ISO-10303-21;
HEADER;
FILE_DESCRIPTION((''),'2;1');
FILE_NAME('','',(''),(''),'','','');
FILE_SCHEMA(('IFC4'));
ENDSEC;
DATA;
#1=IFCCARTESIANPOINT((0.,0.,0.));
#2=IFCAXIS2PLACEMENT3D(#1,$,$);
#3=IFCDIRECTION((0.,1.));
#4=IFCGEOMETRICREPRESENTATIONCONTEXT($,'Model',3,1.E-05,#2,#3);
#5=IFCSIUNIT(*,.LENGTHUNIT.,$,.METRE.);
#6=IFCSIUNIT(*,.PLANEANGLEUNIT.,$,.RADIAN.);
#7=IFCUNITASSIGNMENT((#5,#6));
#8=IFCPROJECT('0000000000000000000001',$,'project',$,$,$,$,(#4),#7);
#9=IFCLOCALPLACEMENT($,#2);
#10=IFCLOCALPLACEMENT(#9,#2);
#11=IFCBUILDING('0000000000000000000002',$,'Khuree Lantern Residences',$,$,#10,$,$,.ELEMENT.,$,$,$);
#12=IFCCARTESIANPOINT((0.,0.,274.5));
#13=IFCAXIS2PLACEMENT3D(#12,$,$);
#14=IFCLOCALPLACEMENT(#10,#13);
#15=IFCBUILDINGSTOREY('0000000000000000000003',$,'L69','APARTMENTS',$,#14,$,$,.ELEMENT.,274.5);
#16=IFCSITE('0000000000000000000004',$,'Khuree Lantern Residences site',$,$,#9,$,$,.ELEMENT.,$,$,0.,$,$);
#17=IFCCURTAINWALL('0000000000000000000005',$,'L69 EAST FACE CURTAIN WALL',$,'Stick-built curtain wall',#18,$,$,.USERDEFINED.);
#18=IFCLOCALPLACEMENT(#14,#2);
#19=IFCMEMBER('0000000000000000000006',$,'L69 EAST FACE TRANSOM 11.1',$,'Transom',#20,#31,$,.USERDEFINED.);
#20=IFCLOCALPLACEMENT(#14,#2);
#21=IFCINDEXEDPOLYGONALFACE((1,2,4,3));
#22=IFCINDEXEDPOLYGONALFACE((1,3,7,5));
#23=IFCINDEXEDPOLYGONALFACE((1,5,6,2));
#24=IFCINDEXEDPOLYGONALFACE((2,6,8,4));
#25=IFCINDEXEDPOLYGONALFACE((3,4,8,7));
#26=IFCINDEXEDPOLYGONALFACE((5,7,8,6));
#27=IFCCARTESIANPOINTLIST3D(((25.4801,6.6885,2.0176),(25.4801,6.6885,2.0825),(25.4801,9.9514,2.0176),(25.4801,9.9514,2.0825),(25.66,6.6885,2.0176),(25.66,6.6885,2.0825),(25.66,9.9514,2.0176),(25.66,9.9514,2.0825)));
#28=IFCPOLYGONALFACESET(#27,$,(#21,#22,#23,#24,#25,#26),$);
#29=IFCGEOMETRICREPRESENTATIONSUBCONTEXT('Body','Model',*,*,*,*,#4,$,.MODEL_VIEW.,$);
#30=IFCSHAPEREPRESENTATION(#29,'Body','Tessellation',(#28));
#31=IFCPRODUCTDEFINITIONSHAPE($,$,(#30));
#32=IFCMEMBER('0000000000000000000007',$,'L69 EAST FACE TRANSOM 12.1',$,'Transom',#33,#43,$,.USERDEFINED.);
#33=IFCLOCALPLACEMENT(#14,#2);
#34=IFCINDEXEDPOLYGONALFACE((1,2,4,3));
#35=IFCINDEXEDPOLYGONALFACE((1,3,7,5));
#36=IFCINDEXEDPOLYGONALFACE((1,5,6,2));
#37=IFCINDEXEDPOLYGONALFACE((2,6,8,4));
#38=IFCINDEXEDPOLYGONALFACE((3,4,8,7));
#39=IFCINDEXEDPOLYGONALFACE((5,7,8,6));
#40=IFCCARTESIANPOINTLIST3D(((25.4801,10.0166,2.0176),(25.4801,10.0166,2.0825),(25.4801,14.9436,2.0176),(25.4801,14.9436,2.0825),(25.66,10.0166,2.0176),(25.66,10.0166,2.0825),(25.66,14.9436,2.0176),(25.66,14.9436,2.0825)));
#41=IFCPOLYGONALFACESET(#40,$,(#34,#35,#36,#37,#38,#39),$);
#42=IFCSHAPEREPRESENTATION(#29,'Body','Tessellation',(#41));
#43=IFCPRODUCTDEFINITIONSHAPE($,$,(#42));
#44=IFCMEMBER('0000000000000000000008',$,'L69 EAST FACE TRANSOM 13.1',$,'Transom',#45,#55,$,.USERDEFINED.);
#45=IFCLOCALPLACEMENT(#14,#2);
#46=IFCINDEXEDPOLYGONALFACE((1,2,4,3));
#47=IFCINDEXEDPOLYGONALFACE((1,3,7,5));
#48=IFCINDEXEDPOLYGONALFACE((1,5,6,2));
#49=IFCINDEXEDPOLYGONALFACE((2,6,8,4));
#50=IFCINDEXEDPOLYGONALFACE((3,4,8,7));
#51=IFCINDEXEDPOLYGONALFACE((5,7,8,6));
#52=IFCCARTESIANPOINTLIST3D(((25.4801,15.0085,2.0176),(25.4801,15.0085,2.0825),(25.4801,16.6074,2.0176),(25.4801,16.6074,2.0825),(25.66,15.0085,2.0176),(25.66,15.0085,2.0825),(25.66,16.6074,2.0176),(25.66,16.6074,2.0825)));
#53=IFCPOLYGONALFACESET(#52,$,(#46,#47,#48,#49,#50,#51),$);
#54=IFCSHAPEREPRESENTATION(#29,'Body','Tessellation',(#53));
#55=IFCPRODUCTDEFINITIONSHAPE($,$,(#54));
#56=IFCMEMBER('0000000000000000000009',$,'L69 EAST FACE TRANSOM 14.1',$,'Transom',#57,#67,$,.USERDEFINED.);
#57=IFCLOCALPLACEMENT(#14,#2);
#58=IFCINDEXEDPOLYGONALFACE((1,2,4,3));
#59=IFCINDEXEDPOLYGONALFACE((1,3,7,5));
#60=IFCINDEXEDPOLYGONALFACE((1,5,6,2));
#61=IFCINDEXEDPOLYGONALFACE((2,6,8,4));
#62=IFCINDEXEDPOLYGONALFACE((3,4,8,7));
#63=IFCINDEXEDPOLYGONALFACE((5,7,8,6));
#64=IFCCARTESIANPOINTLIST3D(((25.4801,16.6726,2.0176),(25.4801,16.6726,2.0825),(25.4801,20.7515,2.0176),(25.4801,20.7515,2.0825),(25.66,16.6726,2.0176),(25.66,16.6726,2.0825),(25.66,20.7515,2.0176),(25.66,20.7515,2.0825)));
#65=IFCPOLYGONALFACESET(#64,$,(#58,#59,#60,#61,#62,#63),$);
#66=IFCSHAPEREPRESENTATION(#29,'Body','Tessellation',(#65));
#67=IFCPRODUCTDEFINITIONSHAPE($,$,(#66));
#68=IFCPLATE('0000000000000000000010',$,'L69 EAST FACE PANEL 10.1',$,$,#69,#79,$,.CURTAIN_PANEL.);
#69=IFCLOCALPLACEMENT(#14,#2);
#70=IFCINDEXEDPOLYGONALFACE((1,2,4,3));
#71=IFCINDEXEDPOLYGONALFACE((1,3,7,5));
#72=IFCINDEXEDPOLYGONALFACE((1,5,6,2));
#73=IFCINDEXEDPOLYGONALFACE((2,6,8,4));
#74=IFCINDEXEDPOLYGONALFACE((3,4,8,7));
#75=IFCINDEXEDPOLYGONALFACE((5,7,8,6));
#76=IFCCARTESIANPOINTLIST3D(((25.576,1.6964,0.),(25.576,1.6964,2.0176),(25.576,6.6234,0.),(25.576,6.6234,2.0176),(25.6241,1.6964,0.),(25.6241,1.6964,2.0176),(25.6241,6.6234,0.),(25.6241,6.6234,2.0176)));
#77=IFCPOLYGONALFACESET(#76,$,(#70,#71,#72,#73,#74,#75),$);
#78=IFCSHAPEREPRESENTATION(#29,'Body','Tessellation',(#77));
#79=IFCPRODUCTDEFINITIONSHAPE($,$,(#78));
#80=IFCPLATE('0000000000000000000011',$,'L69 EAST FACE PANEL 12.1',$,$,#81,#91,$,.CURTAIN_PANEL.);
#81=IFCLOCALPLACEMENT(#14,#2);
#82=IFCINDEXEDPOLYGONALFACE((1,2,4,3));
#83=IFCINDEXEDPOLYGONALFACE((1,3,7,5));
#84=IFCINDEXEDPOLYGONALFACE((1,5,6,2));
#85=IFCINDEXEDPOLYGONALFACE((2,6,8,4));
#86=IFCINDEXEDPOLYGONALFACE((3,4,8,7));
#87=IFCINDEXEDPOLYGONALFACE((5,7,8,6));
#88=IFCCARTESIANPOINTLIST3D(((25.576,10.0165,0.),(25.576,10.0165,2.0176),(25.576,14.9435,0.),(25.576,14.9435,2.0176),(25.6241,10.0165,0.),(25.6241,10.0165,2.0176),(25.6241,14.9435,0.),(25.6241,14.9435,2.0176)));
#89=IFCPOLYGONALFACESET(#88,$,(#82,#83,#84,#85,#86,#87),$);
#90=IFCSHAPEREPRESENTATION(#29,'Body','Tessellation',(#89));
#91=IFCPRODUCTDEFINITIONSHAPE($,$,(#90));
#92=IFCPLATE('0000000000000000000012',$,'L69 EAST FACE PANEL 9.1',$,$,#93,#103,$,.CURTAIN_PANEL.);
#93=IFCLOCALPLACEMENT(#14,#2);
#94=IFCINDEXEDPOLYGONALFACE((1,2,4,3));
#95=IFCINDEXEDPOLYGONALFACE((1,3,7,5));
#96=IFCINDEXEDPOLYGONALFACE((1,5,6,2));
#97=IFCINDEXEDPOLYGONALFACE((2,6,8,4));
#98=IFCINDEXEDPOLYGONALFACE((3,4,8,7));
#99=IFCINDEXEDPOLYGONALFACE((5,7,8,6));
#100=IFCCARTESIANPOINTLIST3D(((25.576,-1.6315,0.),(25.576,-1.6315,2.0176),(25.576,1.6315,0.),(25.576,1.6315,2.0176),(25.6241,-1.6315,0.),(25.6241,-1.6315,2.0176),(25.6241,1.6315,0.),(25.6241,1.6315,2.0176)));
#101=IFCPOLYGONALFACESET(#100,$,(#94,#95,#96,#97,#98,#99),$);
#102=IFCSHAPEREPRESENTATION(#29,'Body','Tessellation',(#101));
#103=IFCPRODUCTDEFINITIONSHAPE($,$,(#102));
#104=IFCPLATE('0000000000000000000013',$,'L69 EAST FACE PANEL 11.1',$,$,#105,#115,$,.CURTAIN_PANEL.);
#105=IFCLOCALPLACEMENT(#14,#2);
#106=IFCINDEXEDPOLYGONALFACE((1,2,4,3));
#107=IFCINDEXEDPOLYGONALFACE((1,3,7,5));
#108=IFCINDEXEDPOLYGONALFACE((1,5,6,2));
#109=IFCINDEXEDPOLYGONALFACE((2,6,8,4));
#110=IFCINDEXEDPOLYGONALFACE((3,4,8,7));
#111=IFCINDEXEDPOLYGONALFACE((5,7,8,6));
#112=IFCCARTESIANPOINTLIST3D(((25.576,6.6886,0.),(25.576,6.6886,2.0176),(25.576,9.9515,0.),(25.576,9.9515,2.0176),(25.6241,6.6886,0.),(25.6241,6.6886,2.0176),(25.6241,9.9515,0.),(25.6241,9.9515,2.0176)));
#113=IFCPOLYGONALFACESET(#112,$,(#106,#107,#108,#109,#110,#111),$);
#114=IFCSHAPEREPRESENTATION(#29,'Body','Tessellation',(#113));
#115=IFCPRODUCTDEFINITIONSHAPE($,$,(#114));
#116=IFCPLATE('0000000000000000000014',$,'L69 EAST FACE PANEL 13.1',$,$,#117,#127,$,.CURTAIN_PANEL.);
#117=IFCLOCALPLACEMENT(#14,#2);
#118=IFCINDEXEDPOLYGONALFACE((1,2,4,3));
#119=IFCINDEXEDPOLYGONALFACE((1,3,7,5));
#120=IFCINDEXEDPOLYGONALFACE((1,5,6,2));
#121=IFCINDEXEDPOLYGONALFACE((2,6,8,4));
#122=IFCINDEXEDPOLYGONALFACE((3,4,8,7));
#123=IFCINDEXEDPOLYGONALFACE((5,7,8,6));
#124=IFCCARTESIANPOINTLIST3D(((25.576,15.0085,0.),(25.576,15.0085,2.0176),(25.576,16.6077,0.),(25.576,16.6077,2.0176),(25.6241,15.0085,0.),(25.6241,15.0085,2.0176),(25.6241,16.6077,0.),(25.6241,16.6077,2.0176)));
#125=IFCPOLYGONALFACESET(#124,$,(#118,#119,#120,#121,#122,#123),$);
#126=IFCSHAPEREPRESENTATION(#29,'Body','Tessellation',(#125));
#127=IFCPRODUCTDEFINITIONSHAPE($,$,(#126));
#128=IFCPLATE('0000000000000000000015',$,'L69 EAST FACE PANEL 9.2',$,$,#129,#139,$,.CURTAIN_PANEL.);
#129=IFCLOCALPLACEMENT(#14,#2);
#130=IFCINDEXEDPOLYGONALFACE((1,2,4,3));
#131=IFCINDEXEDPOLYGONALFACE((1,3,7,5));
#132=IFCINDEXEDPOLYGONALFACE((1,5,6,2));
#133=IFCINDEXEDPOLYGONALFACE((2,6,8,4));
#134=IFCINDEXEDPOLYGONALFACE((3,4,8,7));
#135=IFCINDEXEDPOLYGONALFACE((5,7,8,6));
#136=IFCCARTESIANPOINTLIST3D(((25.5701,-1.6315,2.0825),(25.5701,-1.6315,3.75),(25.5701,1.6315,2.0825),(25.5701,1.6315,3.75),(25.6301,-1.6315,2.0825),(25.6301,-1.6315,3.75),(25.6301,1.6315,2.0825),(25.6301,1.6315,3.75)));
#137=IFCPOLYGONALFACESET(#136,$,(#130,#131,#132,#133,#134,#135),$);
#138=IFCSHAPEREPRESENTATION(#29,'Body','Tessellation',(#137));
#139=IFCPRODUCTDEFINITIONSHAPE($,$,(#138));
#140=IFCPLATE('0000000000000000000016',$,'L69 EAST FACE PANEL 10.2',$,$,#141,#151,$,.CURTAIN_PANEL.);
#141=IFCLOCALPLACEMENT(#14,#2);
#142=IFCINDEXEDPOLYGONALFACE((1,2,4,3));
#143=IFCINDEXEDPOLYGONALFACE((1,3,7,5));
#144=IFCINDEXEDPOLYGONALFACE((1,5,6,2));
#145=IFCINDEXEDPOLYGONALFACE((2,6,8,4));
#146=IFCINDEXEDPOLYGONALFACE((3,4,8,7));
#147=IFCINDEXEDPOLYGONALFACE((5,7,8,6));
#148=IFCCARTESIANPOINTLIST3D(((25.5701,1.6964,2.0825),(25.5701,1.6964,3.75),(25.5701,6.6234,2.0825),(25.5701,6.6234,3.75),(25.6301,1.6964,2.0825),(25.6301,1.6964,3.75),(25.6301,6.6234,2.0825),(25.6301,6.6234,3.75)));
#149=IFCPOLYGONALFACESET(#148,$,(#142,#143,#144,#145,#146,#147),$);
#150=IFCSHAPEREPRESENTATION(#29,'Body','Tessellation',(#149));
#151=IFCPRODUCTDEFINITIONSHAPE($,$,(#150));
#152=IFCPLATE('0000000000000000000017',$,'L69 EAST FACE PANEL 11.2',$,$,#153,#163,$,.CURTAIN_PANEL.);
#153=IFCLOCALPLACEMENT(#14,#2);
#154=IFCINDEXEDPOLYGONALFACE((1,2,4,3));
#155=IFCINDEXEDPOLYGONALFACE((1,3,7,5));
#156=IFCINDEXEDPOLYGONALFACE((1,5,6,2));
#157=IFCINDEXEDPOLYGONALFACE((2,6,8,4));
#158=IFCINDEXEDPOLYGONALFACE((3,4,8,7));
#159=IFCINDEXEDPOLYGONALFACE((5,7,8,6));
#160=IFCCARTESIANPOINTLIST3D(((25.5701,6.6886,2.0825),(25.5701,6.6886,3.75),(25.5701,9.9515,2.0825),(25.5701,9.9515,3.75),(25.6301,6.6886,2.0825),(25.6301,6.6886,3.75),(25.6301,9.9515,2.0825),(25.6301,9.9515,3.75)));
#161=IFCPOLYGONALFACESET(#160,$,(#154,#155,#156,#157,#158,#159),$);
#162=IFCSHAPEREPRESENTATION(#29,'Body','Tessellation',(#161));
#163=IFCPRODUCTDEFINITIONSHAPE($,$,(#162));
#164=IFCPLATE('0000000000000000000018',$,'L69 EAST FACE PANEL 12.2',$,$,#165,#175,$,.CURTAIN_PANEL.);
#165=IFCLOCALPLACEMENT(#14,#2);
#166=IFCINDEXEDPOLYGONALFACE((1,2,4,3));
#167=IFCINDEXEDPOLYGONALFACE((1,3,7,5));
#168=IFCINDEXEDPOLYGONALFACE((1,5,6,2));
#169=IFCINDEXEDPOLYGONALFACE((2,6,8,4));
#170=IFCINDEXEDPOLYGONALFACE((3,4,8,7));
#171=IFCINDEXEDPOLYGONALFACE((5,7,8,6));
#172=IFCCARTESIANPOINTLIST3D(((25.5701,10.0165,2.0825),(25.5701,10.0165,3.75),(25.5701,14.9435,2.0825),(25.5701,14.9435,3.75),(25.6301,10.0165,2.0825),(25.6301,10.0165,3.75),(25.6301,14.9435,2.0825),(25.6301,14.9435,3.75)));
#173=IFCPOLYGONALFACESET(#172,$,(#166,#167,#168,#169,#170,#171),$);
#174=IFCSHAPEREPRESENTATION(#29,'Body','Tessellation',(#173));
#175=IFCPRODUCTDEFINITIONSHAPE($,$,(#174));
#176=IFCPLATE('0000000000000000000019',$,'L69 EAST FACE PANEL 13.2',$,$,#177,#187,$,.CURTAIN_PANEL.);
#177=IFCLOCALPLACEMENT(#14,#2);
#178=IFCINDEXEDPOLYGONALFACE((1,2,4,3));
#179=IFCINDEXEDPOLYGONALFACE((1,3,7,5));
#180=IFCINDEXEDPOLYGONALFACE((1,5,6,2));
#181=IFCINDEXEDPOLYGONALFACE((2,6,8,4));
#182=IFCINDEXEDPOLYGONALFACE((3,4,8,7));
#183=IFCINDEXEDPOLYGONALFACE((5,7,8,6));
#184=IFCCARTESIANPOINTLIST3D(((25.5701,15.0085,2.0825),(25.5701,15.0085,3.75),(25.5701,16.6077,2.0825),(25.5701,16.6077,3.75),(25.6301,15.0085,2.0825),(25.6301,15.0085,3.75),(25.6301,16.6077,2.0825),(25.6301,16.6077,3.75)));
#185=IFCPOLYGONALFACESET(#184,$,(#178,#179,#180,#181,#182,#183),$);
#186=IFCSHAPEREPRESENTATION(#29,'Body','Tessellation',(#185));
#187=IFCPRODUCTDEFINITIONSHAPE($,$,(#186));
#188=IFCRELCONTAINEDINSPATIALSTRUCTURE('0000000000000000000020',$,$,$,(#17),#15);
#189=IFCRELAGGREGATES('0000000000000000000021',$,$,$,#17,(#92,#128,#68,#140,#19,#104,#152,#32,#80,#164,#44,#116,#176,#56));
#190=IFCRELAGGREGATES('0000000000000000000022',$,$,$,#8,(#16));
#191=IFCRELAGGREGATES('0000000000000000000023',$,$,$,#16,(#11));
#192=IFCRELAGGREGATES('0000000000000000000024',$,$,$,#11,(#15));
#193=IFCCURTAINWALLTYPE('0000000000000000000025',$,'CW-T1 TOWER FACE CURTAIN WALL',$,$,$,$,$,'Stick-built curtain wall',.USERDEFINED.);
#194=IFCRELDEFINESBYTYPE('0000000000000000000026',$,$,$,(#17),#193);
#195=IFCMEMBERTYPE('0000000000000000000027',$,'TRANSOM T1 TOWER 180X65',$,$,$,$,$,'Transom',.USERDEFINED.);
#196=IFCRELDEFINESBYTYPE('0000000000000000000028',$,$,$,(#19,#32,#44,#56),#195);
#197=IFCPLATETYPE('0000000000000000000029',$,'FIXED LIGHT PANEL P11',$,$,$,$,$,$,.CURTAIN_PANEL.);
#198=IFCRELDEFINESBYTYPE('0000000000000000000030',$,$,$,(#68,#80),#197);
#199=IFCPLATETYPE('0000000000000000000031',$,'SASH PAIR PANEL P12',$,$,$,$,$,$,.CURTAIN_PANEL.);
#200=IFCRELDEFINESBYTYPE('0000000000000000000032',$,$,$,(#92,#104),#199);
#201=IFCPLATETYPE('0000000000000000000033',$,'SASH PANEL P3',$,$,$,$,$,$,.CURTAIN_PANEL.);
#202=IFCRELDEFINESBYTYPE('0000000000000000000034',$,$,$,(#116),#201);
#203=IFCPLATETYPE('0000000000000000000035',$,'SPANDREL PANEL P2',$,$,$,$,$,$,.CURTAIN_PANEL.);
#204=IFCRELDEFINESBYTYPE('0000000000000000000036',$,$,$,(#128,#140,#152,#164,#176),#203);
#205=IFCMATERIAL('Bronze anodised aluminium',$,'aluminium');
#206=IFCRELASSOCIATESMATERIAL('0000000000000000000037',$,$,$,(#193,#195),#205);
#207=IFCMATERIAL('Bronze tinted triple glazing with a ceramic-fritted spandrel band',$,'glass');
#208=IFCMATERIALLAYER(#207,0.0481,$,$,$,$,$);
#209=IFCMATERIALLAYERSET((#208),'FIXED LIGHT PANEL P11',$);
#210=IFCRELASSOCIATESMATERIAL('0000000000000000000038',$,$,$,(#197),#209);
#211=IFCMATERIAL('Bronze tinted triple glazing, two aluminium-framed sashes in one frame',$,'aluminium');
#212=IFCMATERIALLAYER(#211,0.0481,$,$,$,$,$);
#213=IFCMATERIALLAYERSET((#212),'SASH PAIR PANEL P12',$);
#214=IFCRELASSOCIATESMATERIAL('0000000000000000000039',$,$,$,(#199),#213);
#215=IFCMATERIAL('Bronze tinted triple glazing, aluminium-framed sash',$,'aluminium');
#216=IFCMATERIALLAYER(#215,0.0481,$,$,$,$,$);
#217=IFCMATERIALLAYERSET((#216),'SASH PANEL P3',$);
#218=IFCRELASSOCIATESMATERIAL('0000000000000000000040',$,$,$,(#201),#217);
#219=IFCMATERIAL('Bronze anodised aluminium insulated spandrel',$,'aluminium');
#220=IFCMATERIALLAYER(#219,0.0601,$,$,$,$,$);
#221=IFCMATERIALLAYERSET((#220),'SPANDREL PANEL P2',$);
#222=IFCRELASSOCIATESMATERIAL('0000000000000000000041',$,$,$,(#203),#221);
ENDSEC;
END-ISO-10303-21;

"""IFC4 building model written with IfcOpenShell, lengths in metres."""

from ifc_helpers import new_model, si_unit, direction, frame, origin, origin_2d, place, context, subcontext, project, spatial, rectangle, extrude, material, layer, layer_set, material_profile, profile_set, type_object, element, aggregate, save


model = new_model("IFC4")

# Units and contexts
model_context = context("Model", 3, precision=1e-05, world=origin(), true_north=direction((0.0, 1.0)))
body_context = subcontext(model_context, "Body", "Model", "MODEL_VIEW")
ifc_project = project(units=[si_unit("LENGTHUNIT", "METRE"), si_unit("PLANEANGLEUNIT", "RADIAN")], contexts=[model_context])

# Site, building, storey
site_placement = place(None, origin())
site = spatial("IfcSite", under=ifc_project, at=site_placement, Name="Khuree Lantern Residences site", CompositionType="ELEMENT", RefElevation=0.0)
building_placement = place(site_placement, origin())
building = spatial("IfcBuilding", under=site, at=building_placement, Name="Khuree Lantern Residences", CompositionType="ELEMENT")
storey_placement = place(building_placement, frame((0.0, 0.0, 274.5)))
storey = spatial("IfcBuildingStorey", under=building, at=storey_placement, Name="L69", Description="APARTMENTS", CompositionType="ELEMENT", Elevation=274.5)

# Curtain wall
ifc_material_1 = material(Name="Bronze anodised aluminium", Category="aluminium")
curtain_wall_type = type_object("IfcCurtainWallType", Name="CW-T1 TOWER FACE CURTAIN WALL", ElementType="Stick-built curtain wall", PredefinedType="USERDEFINED", material=ifc_material_1)
curtain_wall_placement = place(storey_placement, origin())
curtain_wall = element("IfcCurtainWall", 1, at=curtain_wall_placement, inside=storey, type_object=curtain_wall_type, Name="L69 EAST FACE CURTAIN WALL", ObjectType="Stick-built curtain wall", PredefinedType="USERDEFINED")

# Members
ifc_material_profile_1 = material_profile(ifc_material_1, rectangle(XDim=0.1799, YDim=0.0649, at=origin_2d()), Name="T1 180X65")
ifc_profile_set_1 = profile_set([ifc_material_profile_1], Name="Bronze anodised aluminium")
member_type_1 = type_object("IfcMemberType", Name="TRANSOM T1 TOWER 180X65", ElementType="Transom", PredefinedType="USERDEFINED", material=ifc_profile_set_1)
member_1_placement = place(storey_placement, frame((25.5701, 6.6885, 2.05), z_axis=(0.0, 1.0, 0.0), x_axis=(-1.0, 0.0, 0.0)))
member_1 = element("IfcMember", 2, at=member_1_placement, type_object=member_type_1, Name="L69 EAST FACE TRANSOM 11.1", ObjectType="Transom", PredefinedType="USERDEFINED", context=body_context, shape_type="SweptSolid", body=[
    extrude(rectangle(XDim=0.1799, YDim=0.0649, at=origin_2d()), origin(), (0.0, 0.0, 1.0), 3.2629),
])
member_2_placement = place(storey_placement, frame((25.5701, 10.0166, 2.05), z_axis=(0.0, 1.0, 0.0), x_axis=(-1.0, 0.0, 0.0)))
member_2 = element("IfcMember", 3, at=member_2_placement, type_object=member_type_1, Name="L69 EAST FACE TRANSOM 12.1", ObjectType="Transom", PredefinedType="USERDEFINED", context=body_context, shape_type="SweptSolid", body=[
    extrude(rectangle(XDim=0.1799, YDim=0.0649, at=origin_2d()), origin(), (0.0, 0.0, 1.0), 4.927),
])
member_3_placement = place(storey_placement, frame((25.5701, 15.0085, 2.05), z_axis=(0.0, 1.0, 0.0), x_axis=(-1.0, 0.0, 0.0)))
member_3 = element("IfcMember", 4, at=member_3_placement, type_object=member_type_1, Name="L69 EAST FACE TRANSOM 13.1", ObjectType="Transom", PredefinedType="USERDEFINED", context=body_context, shape_type="SweptSolid", body=[
    extrude(rectangle(XDim=0.1799, YDim=0.0649, at=origin_2d()), origin(), (0.0, 0.0, 1.0), 1.5989),
])
member_4_placement = place(storey_placement, frame((25.5701, 16.6726, 2.05), z_axis=(0.0, 1.0, 0.0), x_axis=(-1.0, 0.0, 0.0)))
member_4 = element("IfcMember", 5, at=member_4_placement, type_object=member_type_1, Name="L69 EAST FACE TRANSOM 14.1", ObjectType="Transom", PredefinedType="USERDEFINED", context=body_context, shape_type="SweptSolid", body=[
    extrude(rectangle(XDim=0.1799, YDim=0.0649, at=origin_2d()), origin(), (0.0, 0.0, 1.0), 4.0789),
])

# Plates
ifc_material_2 = material(Name="Bronze tinted triple glazing with a ceramic-fritted spandrel band", Category="glass")
ifc_layer_1 = layer(ifc_material_2, 0.0481)
ifc_layer_set_1 = layer_set([ifc_layer_1], Name="FIXED LIGHT PANEL P11")
plate_type_1 = type_object("IfcPlateType", Name="FIXED LIGHT PANEL P11", PredefinedType="CURTAIN_PANEL", material=ifc_layer_set_1)
plate_1_placement = place(storey_placement, frame((25.6001, 4.1599, 0.0), z_axis=(0.0, 0.0, 1.0), x_axis=(0.0, 1.0, 0.0)))
plate_1 = element("IfcPlate", 6, at=plate_1_placement, type_object=plate_type_1, Name="L69 EAST FACE PANEL 10.1", PredefinedType="CURTAIN_PANEL", context=body_context, shape_type="SweptSolid", body=[
    extrude(rectangle(XDim=4.927, YDim=0.0481, at=origin_2d()), origin(), (0.0, 0.0, 1.0), 2.0176),
])
plate_2_placement = place(storey_placement, frame((25.6001, 12.48, 0.0), z_axis=(0.0, 0.0, 1.0), x_axis=(0.0, 1.0, 0.0)))
plate_2 = element("IfcPlate", 7, at=plate_2_placement, type_object=plate_type_1, Name="L69 EAST FACE PANEL 12.1", PredefinedType="CURTAIN_PANEL", context=body_context, shape_type="SweptSolid", body=[
    extrude(rectangle(XDim=4.927, YDim=0.0481, at=origin_2d()), origin(), (0.0, 0.0, 1.0), 2.0176),
])
ifc_material_3 = material(Name="Bronze tinted triple glazing, two aluminium-framed sashes in one frame", Category="aluminium")
ifc_layer_2 = layer(ifc_material_3, 0.0481)
ifc_layer_set_2 = layer_set([ifc_layer_2], Name="SASH PAIR PANEL P12")
plate_type_2 = type_object("IfcPlateType", Name="SASH PAIR PANEL P12", PredefinedType="CURTAIN_PANEL", material=ifc_layer_set_2)
plate_3_placement = place(storey_placement, frame((25.6001, 0.0, 0.0), z_axis=(0.0, 0.0, 1.0), x_axis=(0.0, 1.0, 0.0)))
plate_3 = element("IfcPlate", 8, at=plate_3_placement, type_object=plate_type_2, Name="L69 EAST FACE PANEL 9.1", PredefinedType="CURTAIN_PANEL", context=body_context, shape_type="SweptSolid", body=[
    extrude(rectangle(XDim=3.2629, YDim=0.0481, at=origin_2d()), origin(), (0.0, 0.0, 1.0), 2.0176),
])
plate_4_placement = place(storey_placement, frame((25.6001, 8.3201, 0.0), z_axis=(0.0, 0.0, 1.0), x_axis=(0.0, 1.0, 0.0)))
plate_4 = element("IfcPlate", 9, at=plate_4_placement, type_object=plate_type_2, Name="L69 EAST FACE PANEL 11.1", PredefinedType="CURTAIN_PANEL", context=body_context, shape_type="SweptSolid", body=[
    extrude(rectangle(XDim=3.2629, YDim=0.0481, at=origin_2d()), origin(), (0.0, 0.0, 1.0), 2.0176),
])
ifc_material_4 = material(Name="Bronze tinted triple glazing, aluminium-framed sash", Category="aluminium")
ifc_layer_3 = layer(ifc_material_4, 0.0481)
ifc_layer_set_3 = layer_set([ifc_layer_3], Name="SASH PANEL P3")
plate_type_3 = type_object("IfcPlateType", Name="SASH PANEL P3", PredefinedType="CURTAIN_PANEL", material=ifc_layer_set_3)
plate_5_placement = place(storey_placement, frame((25.6001, 15.8081, 0.0), z_axis=(0.0, 0.0, 1.0), x_axis=(0.0, 1.0, 0.0)))
plate_5 = element("IfcPlate", 10, at=plate_5_placement, type_object=plate_type_3, Name="L69 EAST FACE PANEL 13.1", PredefinedType="CURTAIN_PANEL", context=body_context, shape_type="SweptSolid", body=[
    extrude(rectangle(XDim=1.5991, YDim=0.0481, at=origin_2d()), origin(), (0.0, 0.0, 1.0), 2.0176),
])
ifc_material_5 = material(Name="Bronze anodised aluminium insulated spandrel", Category="aluminium")
ifc_layer_4 = layer(ifc_material_5, 0.0601)
ifc_layer_set_4 = layer_set([ifc_layer_4], Name="SPANDREL PANEL P2")
plate_type_4 = type_object("IfcPlateType", Name="SPANDREL PANEL P2", PredefinedType="CURTAIN_PANEL", material=ifc_layer_set_4)
plate_6_placement = place(storey_placement, frame((25.6001, 0.0, 2.0825), z_axis=(0.0, 0.0, 1.0), x_axis=(0.0, 1.0, 0.0)))
plate_6 = element("IfcPlate", 11, at=plate_6_placement, type_object=plate_type_4, Name="L69 EAST FACE PANEL 9.2", PredefinedType="CURTAIN_PANEL", context=body_context, shape_type="SweptSolid", body=[
    extrude(rectangle(XDim=3.2629, YDim=0.0601, at=origin_2d()), origin(), (0.0, 0.0, 1.0), 1.6675),
])
plate_7_placement = place(storey_placement, frame((25.6001, 4.1599, 2.0825), z_axis=(0.0, 0.0, 1.0), x_axis=(0.0, 1.0, 0.0)))
plate_7 = element("IfcPlate", 12, at=plate_7_placement, type_object=plate_type_4, Name="L69 EAST FACE PANEL 10.2", PredefinedType="CURTAIN_PANEL", context=body_context, shape_type="SweptSolid", body=[
    extrude(rectangle(XDim=4.927, YDim=0.0601, at=origin_2d()), origin(), (0.0, 0.0, 1.0), 1.6675),
])
plate_8_placement = place(storey_placement, frame((25.6001, 8.3201, 2.0825), z_axis=(0.0, 0.0, 1.0), x_axis=(0.0, 1.0, 0.0)))
plate_8 = element("IfcPlate", 13, at=plate_8_placement, type_object=plate_type_4, Name="L69 EAST FACE PANEL 11.2", PredefinedType="CURTAIN_PANEL", context=body_context, shape_type="SweptSolid", body=[
    extrude(rectangle(XDim=3.2629, YDim=0.0601, at=origin_2d()), origin(), (0.0, 0.0, 1.0), 1.6675),
])
plate_9_placement = place(storey_placement, frame((25.6001, 12.48, 2.0825), z_axis=(0.0, 0.0, 1.0), x_axis=(0.0, 1.0, 0.0)))
plate_9 = element("IfcPlate", 14, at=plate_9_placement, type_object=plate_type_4, Name="L69 EAST FACE PANEL 12.2", PredefinedType="CURTAIN_PANEL", context=body_context, shape_type="SweptSolid", body=[
    extrude(rectangle(XDim=4.927, YDim=0.0601, at=origin_2d()), origin(), (0.0, 0.0, 1.0), 1.6675),
])
plate_10_placement = place(storey_placement, frame((25.6001, 15.8081, 2.0825), z_axis=(0.0, 0.0, 1.0), x_axis=(0.0, 1.0, 0.0)))
plate_10 = element("IfcPlate", 15, at=plate_10_placement, type_object=plate_type_4, Name="L69 EAST FACE PANEL 13.2", PredefinedType="CURTAIN_PANEL", context=body_context, shape_type="SweptSolid", body=[
    extrude(rectangle(XDim=1.5991, YDim=0.0601, at=origin_2d()), origin(), (0.0, 0.0, 1.0), 1.6675),
])
aggregate(curtain_wall, [plate_3, plate_6, plate_1, plate_7, member_1, plate_4, plate_8, member_2, plate_2, plate_9, member_3, plate_5, plate_10, member_4])

save(model, "model.ifc")
